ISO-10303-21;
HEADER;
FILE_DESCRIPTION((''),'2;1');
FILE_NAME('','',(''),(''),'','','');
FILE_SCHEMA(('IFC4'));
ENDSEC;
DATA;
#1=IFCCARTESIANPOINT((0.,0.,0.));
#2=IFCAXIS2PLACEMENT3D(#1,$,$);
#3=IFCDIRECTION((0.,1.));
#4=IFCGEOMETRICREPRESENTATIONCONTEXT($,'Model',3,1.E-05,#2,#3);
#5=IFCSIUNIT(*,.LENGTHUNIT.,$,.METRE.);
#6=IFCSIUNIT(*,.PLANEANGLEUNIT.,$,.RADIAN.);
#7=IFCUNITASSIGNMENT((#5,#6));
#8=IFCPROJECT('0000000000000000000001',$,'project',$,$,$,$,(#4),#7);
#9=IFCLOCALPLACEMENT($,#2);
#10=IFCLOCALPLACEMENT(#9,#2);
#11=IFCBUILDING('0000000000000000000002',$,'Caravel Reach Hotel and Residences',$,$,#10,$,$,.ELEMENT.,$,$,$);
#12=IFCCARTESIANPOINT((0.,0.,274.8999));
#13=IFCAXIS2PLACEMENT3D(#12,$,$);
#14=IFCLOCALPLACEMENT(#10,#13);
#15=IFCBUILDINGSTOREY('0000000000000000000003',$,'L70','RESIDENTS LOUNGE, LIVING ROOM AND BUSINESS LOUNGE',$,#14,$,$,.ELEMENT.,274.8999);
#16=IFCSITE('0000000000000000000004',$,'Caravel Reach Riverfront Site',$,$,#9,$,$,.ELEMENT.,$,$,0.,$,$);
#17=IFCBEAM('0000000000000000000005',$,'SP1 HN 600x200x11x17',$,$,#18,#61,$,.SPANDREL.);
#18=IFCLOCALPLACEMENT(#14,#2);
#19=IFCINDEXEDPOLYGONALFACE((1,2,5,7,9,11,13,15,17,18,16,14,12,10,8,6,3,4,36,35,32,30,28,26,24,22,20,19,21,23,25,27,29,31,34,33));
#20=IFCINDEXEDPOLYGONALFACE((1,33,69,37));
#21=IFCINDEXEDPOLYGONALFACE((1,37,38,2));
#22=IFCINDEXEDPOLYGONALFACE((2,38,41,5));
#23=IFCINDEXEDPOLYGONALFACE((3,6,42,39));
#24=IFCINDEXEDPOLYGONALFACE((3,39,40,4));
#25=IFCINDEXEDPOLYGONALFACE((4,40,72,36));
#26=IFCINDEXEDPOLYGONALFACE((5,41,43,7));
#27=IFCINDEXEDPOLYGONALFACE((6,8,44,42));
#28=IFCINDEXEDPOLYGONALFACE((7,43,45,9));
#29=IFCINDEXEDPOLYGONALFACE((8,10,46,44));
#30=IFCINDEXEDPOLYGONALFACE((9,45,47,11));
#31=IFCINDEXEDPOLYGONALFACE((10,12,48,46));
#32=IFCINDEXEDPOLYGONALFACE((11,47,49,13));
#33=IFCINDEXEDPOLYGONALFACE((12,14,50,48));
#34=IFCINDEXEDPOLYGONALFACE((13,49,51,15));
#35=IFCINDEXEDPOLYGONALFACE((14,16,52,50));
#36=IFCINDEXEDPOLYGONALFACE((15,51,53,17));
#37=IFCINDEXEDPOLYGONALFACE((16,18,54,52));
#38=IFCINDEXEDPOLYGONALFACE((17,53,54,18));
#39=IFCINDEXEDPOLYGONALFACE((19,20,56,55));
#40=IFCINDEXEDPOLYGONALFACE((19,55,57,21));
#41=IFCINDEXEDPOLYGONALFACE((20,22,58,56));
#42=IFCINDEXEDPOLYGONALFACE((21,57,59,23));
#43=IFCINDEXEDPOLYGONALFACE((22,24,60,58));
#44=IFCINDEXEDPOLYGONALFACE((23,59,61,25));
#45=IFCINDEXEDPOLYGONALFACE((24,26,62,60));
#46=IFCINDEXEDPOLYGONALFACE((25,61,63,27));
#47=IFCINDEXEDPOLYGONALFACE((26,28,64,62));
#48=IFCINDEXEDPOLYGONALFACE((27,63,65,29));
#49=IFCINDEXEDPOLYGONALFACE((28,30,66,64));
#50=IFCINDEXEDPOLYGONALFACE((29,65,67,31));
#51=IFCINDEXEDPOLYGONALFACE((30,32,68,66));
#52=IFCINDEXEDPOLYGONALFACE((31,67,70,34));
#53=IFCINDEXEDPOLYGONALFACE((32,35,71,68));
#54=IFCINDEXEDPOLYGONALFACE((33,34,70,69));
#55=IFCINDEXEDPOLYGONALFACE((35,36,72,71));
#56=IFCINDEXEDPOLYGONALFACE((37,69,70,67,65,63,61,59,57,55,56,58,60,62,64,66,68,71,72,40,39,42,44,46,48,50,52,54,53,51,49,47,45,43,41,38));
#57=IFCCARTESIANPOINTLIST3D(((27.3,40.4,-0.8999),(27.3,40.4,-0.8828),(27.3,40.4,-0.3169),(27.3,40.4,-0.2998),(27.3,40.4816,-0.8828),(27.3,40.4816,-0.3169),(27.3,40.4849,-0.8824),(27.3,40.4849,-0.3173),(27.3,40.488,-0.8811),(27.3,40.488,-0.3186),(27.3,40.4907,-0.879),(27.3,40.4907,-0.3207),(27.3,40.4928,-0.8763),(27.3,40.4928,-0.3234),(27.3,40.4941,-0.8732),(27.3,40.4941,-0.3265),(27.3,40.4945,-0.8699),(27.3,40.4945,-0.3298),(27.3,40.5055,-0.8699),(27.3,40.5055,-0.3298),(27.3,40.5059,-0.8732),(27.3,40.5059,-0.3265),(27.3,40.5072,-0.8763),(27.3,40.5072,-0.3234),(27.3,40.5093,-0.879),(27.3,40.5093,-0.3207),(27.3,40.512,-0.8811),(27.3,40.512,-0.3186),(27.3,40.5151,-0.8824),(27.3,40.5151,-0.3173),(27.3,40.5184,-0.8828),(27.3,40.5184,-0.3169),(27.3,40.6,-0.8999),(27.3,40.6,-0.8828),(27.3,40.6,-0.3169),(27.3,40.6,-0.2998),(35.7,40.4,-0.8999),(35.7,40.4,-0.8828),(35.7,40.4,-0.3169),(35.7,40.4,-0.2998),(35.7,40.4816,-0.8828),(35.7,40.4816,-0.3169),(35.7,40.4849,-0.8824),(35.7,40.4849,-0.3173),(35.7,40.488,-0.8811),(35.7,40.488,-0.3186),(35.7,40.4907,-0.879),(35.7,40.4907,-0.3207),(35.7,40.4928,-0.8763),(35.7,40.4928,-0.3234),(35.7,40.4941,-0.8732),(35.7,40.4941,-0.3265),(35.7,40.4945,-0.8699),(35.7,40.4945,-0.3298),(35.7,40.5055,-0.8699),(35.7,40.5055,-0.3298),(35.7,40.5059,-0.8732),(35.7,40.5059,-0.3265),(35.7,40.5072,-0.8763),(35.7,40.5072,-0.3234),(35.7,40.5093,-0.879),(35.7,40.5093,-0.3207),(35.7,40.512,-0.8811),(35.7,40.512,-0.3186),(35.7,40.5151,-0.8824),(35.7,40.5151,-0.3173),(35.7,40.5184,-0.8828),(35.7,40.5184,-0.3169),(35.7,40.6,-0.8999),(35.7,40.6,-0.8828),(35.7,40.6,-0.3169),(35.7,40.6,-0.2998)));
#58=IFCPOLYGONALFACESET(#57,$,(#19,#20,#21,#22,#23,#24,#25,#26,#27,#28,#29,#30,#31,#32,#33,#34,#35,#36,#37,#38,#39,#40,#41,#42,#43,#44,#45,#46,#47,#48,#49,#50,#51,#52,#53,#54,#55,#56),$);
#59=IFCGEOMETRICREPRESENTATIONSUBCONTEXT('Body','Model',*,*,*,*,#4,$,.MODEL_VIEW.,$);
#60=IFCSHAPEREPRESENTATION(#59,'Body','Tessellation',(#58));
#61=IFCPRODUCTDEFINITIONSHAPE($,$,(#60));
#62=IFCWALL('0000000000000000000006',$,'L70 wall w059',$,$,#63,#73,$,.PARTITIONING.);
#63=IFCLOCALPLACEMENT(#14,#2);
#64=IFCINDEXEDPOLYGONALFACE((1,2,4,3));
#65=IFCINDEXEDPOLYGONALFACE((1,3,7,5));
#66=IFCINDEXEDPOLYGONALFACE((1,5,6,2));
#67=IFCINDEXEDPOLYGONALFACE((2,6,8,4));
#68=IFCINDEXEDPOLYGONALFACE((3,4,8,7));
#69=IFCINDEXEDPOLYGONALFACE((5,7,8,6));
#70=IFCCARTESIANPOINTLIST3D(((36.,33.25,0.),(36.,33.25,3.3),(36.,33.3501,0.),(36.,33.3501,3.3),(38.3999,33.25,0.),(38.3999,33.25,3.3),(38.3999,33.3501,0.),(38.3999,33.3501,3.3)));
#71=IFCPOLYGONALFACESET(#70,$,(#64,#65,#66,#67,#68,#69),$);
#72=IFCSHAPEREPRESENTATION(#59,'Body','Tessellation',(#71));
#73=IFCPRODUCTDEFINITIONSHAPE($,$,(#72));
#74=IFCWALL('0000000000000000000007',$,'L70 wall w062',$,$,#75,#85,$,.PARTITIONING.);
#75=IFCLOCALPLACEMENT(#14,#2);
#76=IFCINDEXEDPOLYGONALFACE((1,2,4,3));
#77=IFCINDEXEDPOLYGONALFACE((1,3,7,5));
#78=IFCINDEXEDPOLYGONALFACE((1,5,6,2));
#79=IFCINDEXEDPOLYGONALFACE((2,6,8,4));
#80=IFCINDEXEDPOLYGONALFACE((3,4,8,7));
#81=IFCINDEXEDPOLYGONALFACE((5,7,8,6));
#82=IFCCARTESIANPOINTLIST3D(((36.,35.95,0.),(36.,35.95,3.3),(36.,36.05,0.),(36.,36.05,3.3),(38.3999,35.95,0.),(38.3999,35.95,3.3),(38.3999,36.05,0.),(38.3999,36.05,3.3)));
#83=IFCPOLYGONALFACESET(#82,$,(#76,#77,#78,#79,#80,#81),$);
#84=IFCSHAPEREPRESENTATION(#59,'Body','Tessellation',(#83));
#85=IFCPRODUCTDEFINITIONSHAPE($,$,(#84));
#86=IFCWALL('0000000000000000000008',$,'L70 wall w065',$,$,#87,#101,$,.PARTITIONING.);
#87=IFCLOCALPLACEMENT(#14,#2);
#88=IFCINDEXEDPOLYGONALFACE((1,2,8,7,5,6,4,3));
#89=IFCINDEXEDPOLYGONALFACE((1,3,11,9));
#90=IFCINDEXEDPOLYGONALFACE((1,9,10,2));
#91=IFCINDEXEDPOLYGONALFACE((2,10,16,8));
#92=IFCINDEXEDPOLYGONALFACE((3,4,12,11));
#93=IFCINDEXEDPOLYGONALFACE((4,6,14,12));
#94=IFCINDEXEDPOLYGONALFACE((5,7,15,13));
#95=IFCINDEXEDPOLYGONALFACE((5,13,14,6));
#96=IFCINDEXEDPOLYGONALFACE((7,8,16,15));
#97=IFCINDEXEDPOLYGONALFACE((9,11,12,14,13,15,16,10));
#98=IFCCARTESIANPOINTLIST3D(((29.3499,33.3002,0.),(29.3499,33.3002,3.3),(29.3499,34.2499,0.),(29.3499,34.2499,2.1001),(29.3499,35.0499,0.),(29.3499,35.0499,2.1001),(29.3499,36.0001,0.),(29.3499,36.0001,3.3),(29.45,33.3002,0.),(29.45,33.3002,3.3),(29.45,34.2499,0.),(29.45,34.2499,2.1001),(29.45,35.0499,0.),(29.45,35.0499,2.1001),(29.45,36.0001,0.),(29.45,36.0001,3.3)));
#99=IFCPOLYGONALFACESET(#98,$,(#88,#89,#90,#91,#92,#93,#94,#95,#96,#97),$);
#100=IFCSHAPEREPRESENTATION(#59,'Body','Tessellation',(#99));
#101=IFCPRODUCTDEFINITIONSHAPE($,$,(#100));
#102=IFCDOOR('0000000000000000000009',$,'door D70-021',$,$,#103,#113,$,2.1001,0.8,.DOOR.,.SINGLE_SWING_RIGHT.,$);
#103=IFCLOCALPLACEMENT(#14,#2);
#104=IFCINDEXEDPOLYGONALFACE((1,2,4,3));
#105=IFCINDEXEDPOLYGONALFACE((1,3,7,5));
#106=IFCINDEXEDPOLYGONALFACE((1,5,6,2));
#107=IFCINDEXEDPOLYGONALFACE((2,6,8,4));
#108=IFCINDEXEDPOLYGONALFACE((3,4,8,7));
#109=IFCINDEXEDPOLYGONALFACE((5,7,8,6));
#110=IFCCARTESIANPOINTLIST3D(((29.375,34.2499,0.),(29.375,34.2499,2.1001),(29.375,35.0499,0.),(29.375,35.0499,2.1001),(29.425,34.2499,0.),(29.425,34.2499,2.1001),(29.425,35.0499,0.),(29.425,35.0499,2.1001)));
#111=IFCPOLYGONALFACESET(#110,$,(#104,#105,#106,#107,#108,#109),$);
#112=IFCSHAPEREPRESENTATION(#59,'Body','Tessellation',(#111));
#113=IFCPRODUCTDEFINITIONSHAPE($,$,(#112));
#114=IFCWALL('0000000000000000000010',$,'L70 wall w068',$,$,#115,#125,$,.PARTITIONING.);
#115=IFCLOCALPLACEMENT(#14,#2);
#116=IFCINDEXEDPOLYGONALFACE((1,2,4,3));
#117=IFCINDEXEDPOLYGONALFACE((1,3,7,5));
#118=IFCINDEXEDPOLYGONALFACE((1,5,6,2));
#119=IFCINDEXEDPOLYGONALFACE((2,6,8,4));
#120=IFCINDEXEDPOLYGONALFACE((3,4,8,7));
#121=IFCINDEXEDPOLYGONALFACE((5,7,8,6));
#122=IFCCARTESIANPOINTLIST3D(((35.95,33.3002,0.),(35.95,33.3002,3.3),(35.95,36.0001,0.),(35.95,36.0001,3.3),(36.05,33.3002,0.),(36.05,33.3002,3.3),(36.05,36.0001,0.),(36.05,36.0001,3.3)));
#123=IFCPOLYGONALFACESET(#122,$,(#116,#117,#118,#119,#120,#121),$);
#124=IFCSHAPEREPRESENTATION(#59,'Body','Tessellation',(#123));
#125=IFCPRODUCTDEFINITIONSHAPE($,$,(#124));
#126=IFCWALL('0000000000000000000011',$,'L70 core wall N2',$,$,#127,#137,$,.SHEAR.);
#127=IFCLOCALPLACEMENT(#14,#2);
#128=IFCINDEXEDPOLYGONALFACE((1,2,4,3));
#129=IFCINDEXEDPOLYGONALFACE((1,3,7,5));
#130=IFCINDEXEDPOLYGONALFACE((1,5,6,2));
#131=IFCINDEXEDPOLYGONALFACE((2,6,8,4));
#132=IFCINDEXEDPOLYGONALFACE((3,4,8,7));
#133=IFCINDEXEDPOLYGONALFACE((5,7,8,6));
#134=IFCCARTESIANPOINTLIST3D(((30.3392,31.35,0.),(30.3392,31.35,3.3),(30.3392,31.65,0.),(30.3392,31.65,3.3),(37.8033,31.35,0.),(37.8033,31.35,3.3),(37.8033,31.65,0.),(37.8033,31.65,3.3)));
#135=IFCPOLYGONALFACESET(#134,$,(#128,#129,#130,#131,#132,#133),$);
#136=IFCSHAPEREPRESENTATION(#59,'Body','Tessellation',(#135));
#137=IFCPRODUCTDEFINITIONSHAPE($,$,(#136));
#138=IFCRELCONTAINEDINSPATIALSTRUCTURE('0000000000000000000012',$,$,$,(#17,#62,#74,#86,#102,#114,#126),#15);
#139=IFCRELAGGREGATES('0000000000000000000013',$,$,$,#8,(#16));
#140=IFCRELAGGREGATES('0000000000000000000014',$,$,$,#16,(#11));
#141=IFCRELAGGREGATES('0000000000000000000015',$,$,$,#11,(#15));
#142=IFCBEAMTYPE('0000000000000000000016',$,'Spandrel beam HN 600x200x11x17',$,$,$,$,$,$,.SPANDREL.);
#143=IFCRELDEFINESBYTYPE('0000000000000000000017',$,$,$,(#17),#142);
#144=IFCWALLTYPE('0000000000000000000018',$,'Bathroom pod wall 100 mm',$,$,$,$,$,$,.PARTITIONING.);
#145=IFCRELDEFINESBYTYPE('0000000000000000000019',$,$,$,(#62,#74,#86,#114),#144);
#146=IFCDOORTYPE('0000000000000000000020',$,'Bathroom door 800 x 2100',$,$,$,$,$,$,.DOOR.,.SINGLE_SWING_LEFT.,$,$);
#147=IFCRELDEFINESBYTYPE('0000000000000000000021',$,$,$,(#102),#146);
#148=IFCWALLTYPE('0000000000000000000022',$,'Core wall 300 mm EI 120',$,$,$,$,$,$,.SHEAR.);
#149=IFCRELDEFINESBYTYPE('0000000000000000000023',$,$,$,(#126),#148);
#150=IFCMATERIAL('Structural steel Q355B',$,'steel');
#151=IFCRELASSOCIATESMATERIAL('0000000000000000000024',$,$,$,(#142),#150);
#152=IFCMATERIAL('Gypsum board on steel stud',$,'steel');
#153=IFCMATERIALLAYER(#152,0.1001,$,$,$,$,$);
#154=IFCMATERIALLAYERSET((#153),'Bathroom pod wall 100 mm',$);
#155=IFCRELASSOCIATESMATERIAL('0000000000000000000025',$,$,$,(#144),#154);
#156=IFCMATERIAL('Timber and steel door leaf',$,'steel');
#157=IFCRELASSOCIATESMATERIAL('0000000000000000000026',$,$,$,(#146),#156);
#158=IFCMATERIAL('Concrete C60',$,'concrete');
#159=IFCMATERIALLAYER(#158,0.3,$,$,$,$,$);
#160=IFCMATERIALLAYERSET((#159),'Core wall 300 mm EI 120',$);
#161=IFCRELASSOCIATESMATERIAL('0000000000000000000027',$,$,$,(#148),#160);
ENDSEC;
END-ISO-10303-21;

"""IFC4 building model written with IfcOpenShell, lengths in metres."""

from ifc_helpers import new_model, si_unit, direction, frame, frame_2d, origin, origin_2d, place, context, subcontext, project, spatial, rectangle, i_section, extrude, material, layer, layer_set, material_profile, profile_set, type_object, element, fill, save


model = new_model("IFC4")

# Units and contexts
model_context = context("Model", 3, precision=1e-05, world=origin(), true_north=direction((0.0, 1.0)))
body_context = subcontext(model_context, "Body", "Model", "MODEL_VIEW")
ifc_project = project(units=[si_unit("LENGTHUNIT", "METRE"), si_unit("PLANEANGLEUNIT", "RADIAN")], contexts=[model_context])

# Site, building, storey
site_placement = place(None, origin())
site = spatial("IfcSite", under=ifc_project, at=site_placement, Name="Caravel Reach Riverfront Site", CompositionType="ELEMENT", RefElevation=0.0)
building_placement = place(site_placement, origin())
building = spatial("IfcBuilding", under=site, at=building_placement, Name="Caravel Reach Hotel and Residences", CompositionType="ELEMENT")
storey_placement = place(building_placement, frame((0.0, 0.0, 274.8999)))
storey = spatial("IfcBuildingStorey", under=building, at=storey_placement, Name="L70", Description="RESIDENTS LOUNGE, LIVING ROOM AND BUSINESS LOUNGE", CompositionType="ELEMENT", Elevation=274.8999)

# Beam
ifc_material_1 = material(Name="Structural steel Q355B", Category="steel")
ifc_material_profile = material_profile(ifc_material_1, i_section(OverallWidth=0.2, OverallDepth=0.6001, WebThickness=0.011, FlangeThickness=0.0171, FilletRadius=0.0129, at=origin_2d()), Name="HN 600x200x11x17")
ifc_profile_set = profile_set([ifc_material_profile], Name="Structural steel Q355B")
beam_type = type_object("IfcBeamType", Name="Spandrel beam HN 600x200x11x17", PredefinedType="SPANDREL", material=ifc_profile_set)
beam_placement = place(storey_placement, frame((35.7, 40.5, -0.5999), z_axis=(-1.0, 0.0, 0.0), x_axis=(0.0, -1.0, 0.0)))
element("IfcBeam", 1, at=beam_placement, inside=storey, type_object=beam_type, Name="SP1 HN 600x200x11x17", PredefinedType="SPANDREL", context=body_context, shape_type="SweptSolid", body=[
    extrude(i_section(OverallWidth=0.2, OverallDepth=0.6001, WebThickness=0.011, FlangeThickness=0.0171, FilletRadius=0.0129, at=origin_2d()), origin(), (0.0, 0.0, 1.0), 8.3999),
])

# Walls
ifc_material_2 = material(Name="Gypsum board on steel stud", Category="steel")
ifc_layer_1 = layer(ifc_material_2, 0.1001)
ifc_layer_set_1 = layer_set([ifc_layer_1], Name="Bathroom pod wall 100 mm")
wall_type_1 = type_object("IfcWallType", Name="Bathroom pod wall 100 mm", PredefinedType="PARTITIONING", material=ifc_layer_set_1)
for number, where, z_axis, x_axis, name in (
    (2, (36.0, 33.3, 0.0), (0.0, 0.0, 1.0), (1.0, 0.0, 0.0), "L70 wall w059"),
    (3, (36.0, 36.0, 0.0), (0.0, 0.0, 1.0), (1.0, 0.0, 0.0), "L70 wall w062"),
):
    element("IfcWall", number, at=place(storey_placement, frame(where, z_axis=z_axis, x_axis=x_axis)), inside=storey, type_object=wall_type_1, Name=name, PredefinedType="PARTITIONING", context=body_context, shape_type="SweptSolid", body=[
        extrude(rectangle(XDim=2.3999, YDim=0.1001, at=frame_2d((1.2, 0.0))), origin(), (0.0, 0.0, 1.0), 3.3),
    ])

# Wall, opening, door
wall_1_placement = place(storey_placement, frame((29.3999, 33.3, 0.0), z_axis=(0.0, 0.0, 1.0), x_axis=(0.0, 1.0, 0.0)))
wall_1 = element("IfcWall", 4, at=wall_1_placement, inside=storey, type_object=wall_type_1, Name="L70 wall w065", PredefinedType="PARTITIONING", context=body_context, shape_type="SweptSolid", body=[
    extrude(rectangle(XDim=2.7, YDim=0.1001, at=frame_2d((1.3501, 0.0))), origin(), (0.0, 0.0, 1.0), 3.3),
])
opening_1_placement = place(wall_1_placement, frame((0.95, 0.0, 0.0)))
opening_1 = element("IfcOpeningElement", 5, at=opening_1_placement, cuts=wall_1, PredefinedType="OPENING", context=body_context, shape_type="SweptSolid", body=[
    extrude(rectangle(XDim=0.8, YDim=2.1001, at=frame_2d((0.3999, 1.05))), frame((0.0, 0.0601, 0.0), z_axis=(0.0, -1.0, 0.0), x_axis=(1.0, 0.0, 0.0)), (0.0, 0.0, 1.0), 0.1201),
])
ifc_material_3 = material(Name="Timber and steel door leaf", Category="steel")
door_type_1 = type_object("IfcDoorType", Name="Bathroom door 800 x 2100", OperationType="SINGLE_SWING_LEFT", PredefinedType="DOOR", material=ifc_material_3)
door_1_placement = place(opening_1_placement, origin())
door_1 = element("IfcDoor", 6, at=door_1_placement, inside=storey, type_object=door_type_1, Name="door D70-021", OperationType="SINGLE_SWING_RIGHT", OverallHeight=2.1001, OverallWidth=0.8, PredefinedType="DOOR", context=body_context, shape_type="SweptSolid", body=[
    extrude(rectangle(XDim=0.8, YDim=2.1001, at=frame_2d((0.3999, 1.05))), frame((0.0, 0.0249, 0.0), z_axis=(0.0, -1.0, 0.0), x_axis=(1.0, 0.0, 0.0)), (0.0, 0.0, 1.0), 0.05),
])
fill(opening_1, door_1)

# Walls
wall_2_placement = place(storey_placement, frame((36.0, 33.3, 0.0), z_axis=(0.0, 0.0, 1.0), x_axis=(0.0, 1.0, 0.0)))
element("IfcWall", 7, at=wall_2_placement, inside=storey, type_object=wall_type_1, Name="L70 wall w068", PredefinedType="PARTITIONING", context=body_context, shape_type="SweptSolid", body=[
    extrude(rectangle(XDim=2.7, YDim=0.1001, at=frame_2d((1.3501, 0.0))), origin(), (0.0, 0.0, 1.0), 3.3),
])
ifc_material_4 = material(Name="Concrete C60", Category="concrete")
ifc_layer_2 = layer(ifc_material_4, 0.3)
ifc_layer_set_2 = layer_set([ifc_layer_2], Name="Core wall 300 mm EI 120")
wall_type_2 = type_object("IfcWallType", Name="Core wall 300 mm EI 120", PredefinedType="SHEAR", material=ifc_layer_set_2)
wall_3_placement = place(storey_placement, frame((30.3394, 31.5, 0.0), z_axis=(0.0, 0.0, 1.0), x_axis=(1.0, 0.0, 0.0)))
element("IfcWall", 8, at=wall_3_placement, inside=storey, type_object=wall_type_2, Name="L70 core wall N2", PredefinedType="SHEAR", context=body_context, shape_type="SweptSolid", body=[
    extrude(rectangle(XDim=7.4641, YDim=0.3, at=frame_2d((3.7319, 0.0))), origin(), (0.0, 0.0, 1.0), 3.3),
])

save(model, "model.ifc")
